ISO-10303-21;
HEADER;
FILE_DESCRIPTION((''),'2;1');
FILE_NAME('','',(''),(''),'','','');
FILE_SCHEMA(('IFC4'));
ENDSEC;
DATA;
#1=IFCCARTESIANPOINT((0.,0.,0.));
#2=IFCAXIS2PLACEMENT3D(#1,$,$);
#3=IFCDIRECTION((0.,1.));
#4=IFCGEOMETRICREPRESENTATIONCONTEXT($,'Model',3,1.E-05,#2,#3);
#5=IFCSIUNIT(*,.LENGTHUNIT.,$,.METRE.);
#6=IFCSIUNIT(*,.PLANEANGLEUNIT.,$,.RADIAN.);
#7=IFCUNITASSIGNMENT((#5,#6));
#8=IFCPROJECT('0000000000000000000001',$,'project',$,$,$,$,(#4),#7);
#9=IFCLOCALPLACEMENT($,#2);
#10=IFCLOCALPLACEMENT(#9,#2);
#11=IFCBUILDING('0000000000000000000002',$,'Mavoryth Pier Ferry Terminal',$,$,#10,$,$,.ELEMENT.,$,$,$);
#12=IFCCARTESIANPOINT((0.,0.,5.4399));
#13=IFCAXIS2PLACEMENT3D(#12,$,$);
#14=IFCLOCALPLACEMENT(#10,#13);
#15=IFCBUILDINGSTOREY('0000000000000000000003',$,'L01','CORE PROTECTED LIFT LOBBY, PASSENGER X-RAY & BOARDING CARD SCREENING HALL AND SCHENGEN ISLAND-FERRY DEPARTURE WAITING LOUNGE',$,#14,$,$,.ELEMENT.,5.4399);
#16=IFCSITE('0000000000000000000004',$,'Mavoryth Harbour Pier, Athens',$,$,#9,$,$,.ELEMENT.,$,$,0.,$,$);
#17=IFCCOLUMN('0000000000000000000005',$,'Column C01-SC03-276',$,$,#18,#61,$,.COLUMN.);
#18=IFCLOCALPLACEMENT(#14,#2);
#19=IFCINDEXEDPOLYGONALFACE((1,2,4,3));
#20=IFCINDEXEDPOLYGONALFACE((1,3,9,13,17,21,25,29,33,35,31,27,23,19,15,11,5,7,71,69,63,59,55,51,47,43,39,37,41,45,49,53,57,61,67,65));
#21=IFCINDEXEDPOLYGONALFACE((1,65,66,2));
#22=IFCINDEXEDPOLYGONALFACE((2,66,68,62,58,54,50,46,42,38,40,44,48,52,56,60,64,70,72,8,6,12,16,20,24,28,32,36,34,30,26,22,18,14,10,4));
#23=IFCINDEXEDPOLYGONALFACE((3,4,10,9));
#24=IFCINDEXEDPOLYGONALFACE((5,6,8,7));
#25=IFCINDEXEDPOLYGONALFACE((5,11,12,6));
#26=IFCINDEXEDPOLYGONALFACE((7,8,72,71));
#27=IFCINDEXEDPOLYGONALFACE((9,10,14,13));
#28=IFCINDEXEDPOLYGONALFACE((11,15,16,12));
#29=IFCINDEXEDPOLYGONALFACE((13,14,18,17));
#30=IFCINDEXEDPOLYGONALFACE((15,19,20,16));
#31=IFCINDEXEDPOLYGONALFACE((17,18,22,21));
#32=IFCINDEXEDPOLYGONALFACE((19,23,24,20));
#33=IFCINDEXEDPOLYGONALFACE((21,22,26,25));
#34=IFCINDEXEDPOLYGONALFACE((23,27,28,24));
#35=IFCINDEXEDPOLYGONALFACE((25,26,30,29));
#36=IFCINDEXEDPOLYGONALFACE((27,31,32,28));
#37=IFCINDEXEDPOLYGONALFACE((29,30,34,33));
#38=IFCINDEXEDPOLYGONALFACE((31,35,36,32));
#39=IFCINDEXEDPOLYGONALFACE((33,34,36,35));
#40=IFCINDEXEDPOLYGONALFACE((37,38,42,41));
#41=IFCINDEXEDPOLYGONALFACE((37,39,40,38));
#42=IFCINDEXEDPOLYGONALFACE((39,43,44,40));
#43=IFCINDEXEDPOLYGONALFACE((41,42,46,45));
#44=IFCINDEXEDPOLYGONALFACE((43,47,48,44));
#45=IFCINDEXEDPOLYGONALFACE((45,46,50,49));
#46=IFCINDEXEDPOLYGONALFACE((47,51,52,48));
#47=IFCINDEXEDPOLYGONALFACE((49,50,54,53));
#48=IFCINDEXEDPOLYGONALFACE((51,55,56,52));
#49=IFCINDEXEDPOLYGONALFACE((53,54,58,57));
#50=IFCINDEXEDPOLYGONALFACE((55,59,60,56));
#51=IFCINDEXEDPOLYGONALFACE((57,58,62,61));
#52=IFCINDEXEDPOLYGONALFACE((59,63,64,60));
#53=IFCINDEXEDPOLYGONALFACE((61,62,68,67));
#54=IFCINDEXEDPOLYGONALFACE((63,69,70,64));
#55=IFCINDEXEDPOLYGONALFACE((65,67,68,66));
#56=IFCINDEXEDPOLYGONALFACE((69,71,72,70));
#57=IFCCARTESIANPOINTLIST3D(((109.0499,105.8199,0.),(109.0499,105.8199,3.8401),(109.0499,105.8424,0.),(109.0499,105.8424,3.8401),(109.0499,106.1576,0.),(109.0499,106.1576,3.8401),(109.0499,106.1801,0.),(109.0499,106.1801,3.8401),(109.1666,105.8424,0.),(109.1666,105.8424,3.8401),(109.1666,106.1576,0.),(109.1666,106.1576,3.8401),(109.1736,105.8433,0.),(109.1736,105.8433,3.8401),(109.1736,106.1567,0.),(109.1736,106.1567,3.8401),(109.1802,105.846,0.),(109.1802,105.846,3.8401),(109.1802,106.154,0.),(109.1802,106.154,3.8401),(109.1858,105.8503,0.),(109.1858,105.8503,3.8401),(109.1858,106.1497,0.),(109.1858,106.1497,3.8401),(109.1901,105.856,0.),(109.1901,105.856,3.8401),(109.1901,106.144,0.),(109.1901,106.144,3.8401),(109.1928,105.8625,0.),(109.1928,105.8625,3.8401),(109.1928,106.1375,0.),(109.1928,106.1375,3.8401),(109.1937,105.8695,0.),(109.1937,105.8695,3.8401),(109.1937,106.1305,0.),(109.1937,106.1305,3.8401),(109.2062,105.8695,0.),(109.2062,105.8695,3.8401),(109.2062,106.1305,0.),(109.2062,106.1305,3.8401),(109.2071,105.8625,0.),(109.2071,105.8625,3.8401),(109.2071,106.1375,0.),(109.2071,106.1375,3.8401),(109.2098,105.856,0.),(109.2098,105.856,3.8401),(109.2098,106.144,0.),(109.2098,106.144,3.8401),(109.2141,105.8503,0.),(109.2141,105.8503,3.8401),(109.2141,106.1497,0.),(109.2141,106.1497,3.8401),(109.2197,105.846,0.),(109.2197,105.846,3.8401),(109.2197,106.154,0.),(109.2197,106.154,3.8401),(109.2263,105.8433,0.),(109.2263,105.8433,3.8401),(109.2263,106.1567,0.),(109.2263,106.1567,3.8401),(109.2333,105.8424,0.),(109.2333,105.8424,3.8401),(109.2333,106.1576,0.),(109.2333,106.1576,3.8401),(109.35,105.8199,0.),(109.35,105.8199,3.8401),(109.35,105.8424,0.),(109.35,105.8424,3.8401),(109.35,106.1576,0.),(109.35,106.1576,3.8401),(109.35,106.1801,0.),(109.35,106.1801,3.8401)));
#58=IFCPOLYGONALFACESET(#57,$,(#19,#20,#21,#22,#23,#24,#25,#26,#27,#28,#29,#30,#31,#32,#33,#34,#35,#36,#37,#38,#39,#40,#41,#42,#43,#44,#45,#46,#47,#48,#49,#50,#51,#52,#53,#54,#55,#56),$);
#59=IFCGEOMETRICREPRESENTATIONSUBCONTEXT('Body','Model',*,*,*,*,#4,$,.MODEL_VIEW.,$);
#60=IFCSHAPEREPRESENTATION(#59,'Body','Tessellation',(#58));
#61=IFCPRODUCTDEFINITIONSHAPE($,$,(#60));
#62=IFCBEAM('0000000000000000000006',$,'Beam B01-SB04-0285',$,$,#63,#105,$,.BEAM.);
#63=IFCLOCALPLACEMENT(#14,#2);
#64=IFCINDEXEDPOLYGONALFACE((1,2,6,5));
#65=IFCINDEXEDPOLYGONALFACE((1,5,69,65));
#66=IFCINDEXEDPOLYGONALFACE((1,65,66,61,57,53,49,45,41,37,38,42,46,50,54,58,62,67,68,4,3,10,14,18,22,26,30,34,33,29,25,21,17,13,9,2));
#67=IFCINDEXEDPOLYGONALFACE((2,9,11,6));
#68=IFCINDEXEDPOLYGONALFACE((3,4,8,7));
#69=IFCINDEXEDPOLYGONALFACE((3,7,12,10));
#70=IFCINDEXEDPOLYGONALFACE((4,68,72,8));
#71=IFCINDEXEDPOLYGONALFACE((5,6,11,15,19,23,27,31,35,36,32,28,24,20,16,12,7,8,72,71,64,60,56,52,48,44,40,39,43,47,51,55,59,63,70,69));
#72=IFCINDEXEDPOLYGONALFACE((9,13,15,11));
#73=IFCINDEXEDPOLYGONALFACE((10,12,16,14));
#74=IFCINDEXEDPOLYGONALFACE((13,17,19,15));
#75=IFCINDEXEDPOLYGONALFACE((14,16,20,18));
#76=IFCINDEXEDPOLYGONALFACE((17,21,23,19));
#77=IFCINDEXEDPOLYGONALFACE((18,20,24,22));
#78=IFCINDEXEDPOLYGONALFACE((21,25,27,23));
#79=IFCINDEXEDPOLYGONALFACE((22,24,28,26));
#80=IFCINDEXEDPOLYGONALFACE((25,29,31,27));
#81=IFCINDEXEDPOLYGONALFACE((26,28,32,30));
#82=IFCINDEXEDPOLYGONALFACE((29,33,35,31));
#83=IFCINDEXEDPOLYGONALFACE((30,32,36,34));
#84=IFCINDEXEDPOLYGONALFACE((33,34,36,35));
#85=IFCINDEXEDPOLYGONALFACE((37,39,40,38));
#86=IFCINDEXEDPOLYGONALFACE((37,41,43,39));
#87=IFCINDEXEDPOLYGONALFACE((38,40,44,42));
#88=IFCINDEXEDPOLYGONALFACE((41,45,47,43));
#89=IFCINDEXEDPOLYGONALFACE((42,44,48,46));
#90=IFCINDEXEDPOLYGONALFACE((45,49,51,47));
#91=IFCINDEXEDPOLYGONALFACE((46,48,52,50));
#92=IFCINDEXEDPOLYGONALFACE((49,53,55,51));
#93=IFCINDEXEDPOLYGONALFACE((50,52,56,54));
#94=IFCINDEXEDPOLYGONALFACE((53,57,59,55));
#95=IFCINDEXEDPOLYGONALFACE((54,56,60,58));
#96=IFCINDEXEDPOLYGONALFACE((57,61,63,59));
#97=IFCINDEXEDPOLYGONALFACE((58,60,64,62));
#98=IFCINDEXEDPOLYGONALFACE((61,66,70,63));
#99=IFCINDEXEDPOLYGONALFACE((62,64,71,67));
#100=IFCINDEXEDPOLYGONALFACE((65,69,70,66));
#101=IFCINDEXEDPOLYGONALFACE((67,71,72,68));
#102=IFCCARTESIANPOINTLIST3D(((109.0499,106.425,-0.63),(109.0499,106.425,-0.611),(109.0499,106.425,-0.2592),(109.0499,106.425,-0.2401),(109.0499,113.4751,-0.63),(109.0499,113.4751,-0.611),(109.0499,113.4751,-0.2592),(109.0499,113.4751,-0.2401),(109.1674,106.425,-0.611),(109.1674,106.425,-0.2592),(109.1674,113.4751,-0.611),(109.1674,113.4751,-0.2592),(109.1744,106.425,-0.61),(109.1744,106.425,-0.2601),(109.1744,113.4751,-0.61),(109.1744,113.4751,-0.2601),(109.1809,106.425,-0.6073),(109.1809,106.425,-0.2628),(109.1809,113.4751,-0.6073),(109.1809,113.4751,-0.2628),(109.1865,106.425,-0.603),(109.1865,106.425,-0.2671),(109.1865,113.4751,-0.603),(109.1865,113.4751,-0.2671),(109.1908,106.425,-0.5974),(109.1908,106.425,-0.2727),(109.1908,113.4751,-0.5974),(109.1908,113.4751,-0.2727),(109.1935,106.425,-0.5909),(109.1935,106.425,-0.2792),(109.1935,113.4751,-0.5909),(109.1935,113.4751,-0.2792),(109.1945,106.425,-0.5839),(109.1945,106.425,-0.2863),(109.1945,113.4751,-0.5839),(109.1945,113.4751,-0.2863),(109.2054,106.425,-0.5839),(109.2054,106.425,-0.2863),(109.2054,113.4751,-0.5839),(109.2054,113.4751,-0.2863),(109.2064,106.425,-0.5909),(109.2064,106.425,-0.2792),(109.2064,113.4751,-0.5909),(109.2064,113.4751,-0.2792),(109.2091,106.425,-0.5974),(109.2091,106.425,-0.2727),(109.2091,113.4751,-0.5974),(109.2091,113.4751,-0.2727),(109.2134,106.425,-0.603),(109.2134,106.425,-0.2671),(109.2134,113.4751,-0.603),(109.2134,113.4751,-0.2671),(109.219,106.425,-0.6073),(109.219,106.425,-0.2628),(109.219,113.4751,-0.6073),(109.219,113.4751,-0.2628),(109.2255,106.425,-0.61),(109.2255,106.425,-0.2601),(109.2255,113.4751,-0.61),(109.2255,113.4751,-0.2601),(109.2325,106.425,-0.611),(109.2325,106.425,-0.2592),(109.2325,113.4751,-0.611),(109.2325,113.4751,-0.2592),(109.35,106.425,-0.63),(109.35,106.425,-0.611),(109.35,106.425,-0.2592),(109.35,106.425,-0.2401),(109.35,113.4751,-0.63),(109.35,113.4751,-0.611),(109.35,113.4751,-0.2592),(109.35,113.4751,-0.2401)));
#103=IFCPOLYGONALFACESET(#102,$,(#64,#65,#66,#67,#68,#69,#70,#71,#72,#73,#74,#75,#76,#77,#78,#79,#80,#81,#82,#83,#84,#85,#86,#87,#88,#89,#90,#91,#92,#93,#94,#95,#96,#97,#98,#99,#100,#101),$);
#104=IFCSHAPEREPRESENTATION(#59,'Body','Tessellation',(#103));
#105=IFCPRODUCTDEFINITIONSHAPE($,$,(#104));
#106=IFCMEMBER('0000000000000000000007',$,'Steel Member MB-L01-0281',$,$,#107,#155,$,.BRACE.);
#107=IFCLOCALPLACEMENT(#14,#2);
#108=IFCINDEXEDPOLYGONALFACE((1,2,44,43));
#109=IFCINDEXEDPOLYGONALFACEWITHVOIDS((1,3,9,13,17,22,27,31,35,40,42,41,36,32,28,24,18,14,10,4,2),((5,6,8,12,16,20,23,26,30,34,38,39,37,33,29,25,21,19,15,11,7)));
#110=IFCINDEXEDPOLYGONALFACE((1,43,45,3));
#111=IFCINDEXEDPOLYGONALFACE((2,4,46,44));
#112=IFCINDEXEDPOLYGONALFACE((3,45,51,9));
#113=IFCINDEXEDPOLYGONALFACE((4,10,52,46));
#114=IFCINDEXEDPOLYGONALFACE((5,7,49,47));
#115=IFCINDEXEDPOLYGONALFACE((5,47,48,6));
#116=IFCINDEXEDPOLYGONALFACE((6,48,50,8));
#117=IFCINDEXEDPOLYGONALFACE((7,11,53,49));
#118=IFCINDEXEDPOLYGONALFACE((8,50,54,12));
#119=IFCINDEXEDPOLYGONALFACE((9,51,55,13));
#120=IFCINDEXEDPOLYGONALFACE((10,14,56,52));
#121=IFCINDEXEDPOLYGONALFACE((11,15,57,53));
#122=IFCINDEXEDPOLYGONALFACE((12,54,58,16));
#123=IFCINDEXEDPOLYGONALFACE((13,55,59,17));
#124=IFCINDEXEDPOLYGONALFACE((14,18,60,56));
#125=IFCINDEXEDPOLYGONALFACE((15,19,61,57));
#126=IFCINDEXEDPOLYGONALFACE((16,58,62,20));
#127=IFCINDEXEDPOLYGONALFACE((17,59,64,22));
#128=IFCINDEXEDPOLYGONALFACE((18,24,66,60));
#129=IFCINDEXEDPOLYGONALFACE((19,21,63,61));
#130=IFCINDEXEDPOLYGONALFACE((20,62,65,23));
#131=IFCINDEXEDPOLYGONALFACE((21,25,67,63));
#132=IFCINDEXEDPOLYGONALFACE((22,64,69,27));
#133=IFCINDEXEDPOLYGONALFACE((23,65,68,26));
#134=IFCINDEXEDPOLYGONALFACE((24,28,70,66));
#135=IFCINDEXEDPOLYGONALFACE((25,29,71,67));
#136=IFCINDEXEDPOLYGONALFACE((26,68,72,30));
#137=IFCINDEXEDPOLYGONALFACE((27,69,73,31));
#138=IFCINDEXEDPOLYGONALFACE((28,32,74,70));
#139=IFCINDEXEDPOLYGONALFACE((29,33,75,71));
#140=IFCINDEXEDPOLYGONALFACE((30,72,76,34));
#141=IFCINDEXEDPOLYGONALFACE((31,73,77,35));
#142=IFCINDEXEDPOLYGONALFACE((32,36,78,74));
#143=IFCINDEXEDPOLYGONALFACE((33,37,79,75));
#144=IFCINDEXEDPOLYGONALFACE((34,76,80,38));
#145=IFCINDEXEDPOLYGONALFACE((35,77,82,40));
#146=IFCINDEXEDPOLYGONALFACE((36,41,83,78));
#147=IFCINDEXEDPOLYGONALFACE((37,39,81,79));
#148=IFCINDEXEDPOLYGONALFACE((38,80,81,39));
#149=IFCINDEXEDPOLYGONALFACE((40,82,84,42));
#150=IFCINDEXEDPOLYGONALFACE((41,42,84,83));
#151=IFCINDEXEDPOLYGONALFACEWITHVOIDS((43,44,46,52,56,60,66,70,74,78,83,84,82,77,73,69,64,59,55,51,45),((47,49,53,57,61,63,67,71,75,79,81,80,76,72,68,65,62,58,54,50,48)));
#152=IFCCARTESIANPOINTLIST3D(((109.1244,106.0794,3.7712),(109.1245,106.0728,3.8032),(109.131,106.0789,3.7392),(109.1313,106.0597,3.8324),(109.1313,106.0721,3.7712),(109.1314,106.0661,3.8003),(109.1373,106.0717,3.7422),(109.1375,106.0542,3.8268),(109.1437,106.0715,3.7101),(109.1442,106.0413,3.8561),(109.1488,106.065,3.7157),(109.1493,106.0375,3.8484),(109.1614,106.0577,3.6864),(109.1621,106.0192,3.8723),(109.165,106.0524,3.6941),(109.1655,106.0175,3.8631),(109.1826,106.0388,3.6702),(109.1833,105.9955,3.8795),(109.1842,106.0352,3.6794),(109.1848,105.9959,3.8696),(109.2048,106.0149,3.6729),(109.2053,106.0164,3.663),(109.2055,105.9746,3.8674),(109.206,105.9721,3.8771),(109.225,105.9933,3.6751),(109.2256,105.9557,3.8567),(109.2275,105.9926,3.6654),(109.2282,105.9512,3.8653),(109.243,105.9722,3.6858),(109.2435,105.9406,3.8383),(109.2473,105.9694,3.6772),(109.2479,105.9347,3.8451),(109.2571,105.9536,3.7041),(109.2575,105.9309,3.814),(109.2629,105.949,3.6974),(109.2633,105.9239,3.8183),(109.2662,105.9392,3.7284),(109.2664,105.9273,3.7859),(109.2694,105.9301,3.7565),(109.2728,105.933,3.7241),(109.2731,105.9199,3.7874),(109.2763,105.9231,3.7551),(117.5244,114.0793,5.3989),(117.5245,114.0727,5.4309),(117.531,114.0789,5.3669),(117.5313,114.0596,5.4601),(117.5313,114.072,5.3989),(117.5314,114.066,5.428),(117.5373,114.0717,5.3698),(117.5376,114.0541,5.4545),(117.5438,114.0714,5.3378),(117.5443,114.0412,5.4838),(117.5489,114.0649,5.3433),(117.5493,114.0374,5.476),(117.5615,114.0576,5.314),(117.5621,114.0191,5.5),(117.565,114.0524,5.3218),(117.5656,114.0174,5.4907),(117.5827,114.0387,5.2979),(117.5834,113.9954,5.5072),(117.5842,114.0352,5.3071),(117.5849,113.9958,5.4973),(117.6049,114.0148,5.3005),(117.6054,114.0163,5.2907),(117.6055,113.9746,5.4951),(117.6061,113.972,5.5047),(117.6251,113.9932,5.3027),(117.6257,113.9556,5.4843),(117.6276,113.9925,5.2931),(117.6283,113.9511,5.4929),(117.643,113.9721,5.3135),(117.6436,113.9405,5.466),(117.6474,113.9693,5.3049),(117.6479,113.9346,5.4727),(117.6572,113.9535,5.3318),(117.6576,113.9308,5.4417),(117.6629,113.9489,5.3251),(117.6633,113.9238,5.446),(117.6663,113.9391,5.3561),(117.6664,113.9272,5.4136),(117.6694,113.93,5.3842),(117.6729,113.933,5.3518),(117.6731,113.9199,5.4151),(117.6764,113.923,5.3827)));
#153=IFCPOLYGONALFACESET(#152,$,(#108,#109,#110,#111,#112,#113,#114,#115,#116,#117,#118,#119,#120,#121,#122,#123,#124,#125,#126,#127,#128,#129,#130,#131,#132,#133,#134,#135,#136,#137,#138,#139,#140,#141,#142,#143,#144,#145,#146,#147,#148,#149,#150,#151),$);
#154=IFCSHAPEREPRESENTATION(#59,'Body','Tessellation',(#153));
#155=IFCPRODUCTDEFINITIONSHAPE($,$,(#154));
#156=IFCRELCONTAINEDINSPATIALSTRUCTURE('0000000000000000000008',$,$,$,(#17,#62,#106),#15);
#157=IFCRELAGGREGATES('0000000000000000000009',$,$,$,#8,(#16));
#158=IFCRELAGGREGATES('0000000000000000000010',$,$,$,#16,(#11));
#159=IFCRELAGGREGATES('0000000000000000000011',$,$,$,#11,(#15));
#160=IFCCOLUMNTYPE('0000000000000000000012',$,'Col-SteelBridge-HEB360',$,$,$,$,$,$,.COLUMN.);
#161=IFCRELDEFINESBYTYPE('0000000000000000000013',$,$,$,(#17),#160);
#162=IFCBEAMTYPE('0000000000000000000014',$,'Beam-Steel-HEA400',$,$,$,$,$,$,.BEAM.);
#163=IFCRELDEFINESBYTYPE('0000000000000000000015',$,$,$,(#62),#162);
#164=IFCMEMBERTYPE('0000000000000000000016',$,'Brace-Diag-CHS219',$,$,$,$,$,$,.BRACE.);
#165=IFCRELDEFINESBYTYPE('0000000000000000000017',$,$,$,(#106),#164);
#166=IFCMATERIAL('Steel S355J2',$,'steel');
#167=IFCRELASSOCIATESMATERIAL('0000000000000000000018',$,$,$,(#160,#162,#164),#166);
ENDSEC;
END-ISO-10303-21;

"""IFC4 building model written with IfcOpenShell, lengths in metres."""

from ifc_helpers import new_model, si_unit, direction, frame, origin, origin_2d, place, context, subcontext, project, spatial, hollow_circle, i_section, extrude, material, material_profile, profile_set, type_object, element, save


model = new_model("IFC4")

# Units and contexts
model_context = context("Model", 3, precision=1e-05, world=origin(), true_north=direction((0.0, 1.0)))
body_context = subcontext(model_context, "Body", "Model", "MODEL_VIEW")
ifc_project = project(units=[si_unit("LENGTHUNIT", "METRE"), si_unit("PLANEANGLEUNIT", "RADIAN")], contexts=[model_context])

# Site, building, storey
site_placement = place(None, origin())
site = spatial("IfcSite", under=ifc_project, at=site_placement, Name="Mavoryth Harbour Pier, Athens", CompositionType="ELEMENT", RefElevation=0.0)
building_placement = place(site_placement, origin())
building = spatial("IfcBuilding", under=site, at=building_placement, Name="Mavoryth Pier Ferry Terminal", CompositionType="ELEMENT")
storey_placement = place(building_placement, frame((0.0, 0.0, 5.4399)))
storey = spatial("IfcBuildingStorey", under=building, at=storey_placement, Name="L01", Description="CORE PROTECTED LIFT LOBBY, PASSENGER X-RAY & BOARDING CARD SCREENING HALL AND SCHENGEN ISLAND-FERRY DEPARTURE WAITING LOUNGE", CompositionType="ELEMENT", Elevation=5.4399)

# Column
ifc_material_1 = material(Name="Steel S355J2", Category="steel")
ifc_material_profile_1 = material_profile(ifc_material_1, i_section(OverallWidth=0.3, OverallDepth=0.3601, WebThickness=0.0125, FlangeThickness=0.0225, FilletRadius=0.0271, at=origin_2d()), Name="HEB 360", Category="steel")
ifc_profile_set_1 = profile_set([ifc_material_profile_1], Name="Steel S355J2 - HEB 360")
column_type = type_object("IfcColumnType", Name="Col-SteelBridge-HEB360", PredefinedType="COLUMN", material=ifc_profile_set_1)
column_placement = place(storey_placement, frame((109.2, 106.0, 0.0), z_axis=(0.0, 0.0, 1.0), x_axis=(1.0, 0.0, 0.0)))
element("IfcColumn", 1, at=column_placement, inside=storey, type_object=column_type, Name="Column C01-SC03-276", PredefinedType="COLUMN", context=body_context, shape_type="SweptSolid", body=[
    extrude(i_section(OverallWidth=0.3, OverallDepth=0.3601, WebThickness=0.0125, FlangeThickness=0.0225, FilletRadius=0.0271, at=origin_2d()), origin(), (0.0, 0.0, 1.0), 3.8401),
])

# Beam
ifc_material_profile_2 = material_profile(ifc_material_1, i_section(OverallWidth=0.3, OverallDepth=0.3899, WebThickness=0.011, FlangeThickness=0.019, FilletRadius=0.0271, at=origin_2d()), Name="HEA 400", Category="steel")
ifc_profile_set_2 = profile_set([ifc_material_profile_2], Name="Steel S355J2 - HEA 400")
beam_type_1 = type_object("IfcBeamType", Name="Beam-Steel-HEA400", PredefinedType="BEAM", material=ifc_profile_set_2)
beam_1_placement = place(storey_placement, frame((109.2, 106.425, -0.4351), z_axis=(0.0, 1.0, 0.0), x_axis=(-1.0, 0.0, 0.0)))
element("IfcBeam", 2, at=beam_1_placement, inside=storey, type_object=beam_type_1, Name="Beam B01-SB04-0285", PredefinedType="BEAM", context=body_context, shape_type="SweptSolid", body=[
    extrude(i_section(OverallWidth=0.3, OverallDepth=0.3899, WebThickness=0.011, FlangeThickness=0.019, FilletRadius=0.0271, at=origin_2d()), origin(), (0.0, 0.0, 1.0), 7.05),
])

# Member
ifc_material_profile_3 = material_profile(ifc_material_1, hollow_circle(Radius=0.1096, WallThickness=0.01, at=origin_2d()), Name="CHS 219.1x10.0", Category="steel")
ifc_profile_set_3 = profile_set([ifc_material_profile_3], Name="Steel S355J2 - CHS 219.1x10.0")
member_type_1 = type_object("IfcMemberType", Name="Brace-Diag-CHS219", PredefinedType="BRACE", material=ifc_profile_set_3)
member_1_placement = place(storey_placement, frame((109.2, 106.0, 3.7712), z_axis=(0.717119, 0.682958, 0.138955), x_axis=(-0.689649, 0.724144, 0.0)))
element("IfcMember", 3, at=member_1_placement, inside=storey, type_object=member_type_1, Name="Steel Member MB-L01-0281", PredefinedType="BRACE", context=body_context, shape_type="SweptSolid", body=[
    extrude(hollow_circle(Radius=0.1096, WallThickness=0.01, at=origin_2d()), origin(), (0.0, 0.0, 1.0), 11.7136),
])

save(model, "model.ifc")
